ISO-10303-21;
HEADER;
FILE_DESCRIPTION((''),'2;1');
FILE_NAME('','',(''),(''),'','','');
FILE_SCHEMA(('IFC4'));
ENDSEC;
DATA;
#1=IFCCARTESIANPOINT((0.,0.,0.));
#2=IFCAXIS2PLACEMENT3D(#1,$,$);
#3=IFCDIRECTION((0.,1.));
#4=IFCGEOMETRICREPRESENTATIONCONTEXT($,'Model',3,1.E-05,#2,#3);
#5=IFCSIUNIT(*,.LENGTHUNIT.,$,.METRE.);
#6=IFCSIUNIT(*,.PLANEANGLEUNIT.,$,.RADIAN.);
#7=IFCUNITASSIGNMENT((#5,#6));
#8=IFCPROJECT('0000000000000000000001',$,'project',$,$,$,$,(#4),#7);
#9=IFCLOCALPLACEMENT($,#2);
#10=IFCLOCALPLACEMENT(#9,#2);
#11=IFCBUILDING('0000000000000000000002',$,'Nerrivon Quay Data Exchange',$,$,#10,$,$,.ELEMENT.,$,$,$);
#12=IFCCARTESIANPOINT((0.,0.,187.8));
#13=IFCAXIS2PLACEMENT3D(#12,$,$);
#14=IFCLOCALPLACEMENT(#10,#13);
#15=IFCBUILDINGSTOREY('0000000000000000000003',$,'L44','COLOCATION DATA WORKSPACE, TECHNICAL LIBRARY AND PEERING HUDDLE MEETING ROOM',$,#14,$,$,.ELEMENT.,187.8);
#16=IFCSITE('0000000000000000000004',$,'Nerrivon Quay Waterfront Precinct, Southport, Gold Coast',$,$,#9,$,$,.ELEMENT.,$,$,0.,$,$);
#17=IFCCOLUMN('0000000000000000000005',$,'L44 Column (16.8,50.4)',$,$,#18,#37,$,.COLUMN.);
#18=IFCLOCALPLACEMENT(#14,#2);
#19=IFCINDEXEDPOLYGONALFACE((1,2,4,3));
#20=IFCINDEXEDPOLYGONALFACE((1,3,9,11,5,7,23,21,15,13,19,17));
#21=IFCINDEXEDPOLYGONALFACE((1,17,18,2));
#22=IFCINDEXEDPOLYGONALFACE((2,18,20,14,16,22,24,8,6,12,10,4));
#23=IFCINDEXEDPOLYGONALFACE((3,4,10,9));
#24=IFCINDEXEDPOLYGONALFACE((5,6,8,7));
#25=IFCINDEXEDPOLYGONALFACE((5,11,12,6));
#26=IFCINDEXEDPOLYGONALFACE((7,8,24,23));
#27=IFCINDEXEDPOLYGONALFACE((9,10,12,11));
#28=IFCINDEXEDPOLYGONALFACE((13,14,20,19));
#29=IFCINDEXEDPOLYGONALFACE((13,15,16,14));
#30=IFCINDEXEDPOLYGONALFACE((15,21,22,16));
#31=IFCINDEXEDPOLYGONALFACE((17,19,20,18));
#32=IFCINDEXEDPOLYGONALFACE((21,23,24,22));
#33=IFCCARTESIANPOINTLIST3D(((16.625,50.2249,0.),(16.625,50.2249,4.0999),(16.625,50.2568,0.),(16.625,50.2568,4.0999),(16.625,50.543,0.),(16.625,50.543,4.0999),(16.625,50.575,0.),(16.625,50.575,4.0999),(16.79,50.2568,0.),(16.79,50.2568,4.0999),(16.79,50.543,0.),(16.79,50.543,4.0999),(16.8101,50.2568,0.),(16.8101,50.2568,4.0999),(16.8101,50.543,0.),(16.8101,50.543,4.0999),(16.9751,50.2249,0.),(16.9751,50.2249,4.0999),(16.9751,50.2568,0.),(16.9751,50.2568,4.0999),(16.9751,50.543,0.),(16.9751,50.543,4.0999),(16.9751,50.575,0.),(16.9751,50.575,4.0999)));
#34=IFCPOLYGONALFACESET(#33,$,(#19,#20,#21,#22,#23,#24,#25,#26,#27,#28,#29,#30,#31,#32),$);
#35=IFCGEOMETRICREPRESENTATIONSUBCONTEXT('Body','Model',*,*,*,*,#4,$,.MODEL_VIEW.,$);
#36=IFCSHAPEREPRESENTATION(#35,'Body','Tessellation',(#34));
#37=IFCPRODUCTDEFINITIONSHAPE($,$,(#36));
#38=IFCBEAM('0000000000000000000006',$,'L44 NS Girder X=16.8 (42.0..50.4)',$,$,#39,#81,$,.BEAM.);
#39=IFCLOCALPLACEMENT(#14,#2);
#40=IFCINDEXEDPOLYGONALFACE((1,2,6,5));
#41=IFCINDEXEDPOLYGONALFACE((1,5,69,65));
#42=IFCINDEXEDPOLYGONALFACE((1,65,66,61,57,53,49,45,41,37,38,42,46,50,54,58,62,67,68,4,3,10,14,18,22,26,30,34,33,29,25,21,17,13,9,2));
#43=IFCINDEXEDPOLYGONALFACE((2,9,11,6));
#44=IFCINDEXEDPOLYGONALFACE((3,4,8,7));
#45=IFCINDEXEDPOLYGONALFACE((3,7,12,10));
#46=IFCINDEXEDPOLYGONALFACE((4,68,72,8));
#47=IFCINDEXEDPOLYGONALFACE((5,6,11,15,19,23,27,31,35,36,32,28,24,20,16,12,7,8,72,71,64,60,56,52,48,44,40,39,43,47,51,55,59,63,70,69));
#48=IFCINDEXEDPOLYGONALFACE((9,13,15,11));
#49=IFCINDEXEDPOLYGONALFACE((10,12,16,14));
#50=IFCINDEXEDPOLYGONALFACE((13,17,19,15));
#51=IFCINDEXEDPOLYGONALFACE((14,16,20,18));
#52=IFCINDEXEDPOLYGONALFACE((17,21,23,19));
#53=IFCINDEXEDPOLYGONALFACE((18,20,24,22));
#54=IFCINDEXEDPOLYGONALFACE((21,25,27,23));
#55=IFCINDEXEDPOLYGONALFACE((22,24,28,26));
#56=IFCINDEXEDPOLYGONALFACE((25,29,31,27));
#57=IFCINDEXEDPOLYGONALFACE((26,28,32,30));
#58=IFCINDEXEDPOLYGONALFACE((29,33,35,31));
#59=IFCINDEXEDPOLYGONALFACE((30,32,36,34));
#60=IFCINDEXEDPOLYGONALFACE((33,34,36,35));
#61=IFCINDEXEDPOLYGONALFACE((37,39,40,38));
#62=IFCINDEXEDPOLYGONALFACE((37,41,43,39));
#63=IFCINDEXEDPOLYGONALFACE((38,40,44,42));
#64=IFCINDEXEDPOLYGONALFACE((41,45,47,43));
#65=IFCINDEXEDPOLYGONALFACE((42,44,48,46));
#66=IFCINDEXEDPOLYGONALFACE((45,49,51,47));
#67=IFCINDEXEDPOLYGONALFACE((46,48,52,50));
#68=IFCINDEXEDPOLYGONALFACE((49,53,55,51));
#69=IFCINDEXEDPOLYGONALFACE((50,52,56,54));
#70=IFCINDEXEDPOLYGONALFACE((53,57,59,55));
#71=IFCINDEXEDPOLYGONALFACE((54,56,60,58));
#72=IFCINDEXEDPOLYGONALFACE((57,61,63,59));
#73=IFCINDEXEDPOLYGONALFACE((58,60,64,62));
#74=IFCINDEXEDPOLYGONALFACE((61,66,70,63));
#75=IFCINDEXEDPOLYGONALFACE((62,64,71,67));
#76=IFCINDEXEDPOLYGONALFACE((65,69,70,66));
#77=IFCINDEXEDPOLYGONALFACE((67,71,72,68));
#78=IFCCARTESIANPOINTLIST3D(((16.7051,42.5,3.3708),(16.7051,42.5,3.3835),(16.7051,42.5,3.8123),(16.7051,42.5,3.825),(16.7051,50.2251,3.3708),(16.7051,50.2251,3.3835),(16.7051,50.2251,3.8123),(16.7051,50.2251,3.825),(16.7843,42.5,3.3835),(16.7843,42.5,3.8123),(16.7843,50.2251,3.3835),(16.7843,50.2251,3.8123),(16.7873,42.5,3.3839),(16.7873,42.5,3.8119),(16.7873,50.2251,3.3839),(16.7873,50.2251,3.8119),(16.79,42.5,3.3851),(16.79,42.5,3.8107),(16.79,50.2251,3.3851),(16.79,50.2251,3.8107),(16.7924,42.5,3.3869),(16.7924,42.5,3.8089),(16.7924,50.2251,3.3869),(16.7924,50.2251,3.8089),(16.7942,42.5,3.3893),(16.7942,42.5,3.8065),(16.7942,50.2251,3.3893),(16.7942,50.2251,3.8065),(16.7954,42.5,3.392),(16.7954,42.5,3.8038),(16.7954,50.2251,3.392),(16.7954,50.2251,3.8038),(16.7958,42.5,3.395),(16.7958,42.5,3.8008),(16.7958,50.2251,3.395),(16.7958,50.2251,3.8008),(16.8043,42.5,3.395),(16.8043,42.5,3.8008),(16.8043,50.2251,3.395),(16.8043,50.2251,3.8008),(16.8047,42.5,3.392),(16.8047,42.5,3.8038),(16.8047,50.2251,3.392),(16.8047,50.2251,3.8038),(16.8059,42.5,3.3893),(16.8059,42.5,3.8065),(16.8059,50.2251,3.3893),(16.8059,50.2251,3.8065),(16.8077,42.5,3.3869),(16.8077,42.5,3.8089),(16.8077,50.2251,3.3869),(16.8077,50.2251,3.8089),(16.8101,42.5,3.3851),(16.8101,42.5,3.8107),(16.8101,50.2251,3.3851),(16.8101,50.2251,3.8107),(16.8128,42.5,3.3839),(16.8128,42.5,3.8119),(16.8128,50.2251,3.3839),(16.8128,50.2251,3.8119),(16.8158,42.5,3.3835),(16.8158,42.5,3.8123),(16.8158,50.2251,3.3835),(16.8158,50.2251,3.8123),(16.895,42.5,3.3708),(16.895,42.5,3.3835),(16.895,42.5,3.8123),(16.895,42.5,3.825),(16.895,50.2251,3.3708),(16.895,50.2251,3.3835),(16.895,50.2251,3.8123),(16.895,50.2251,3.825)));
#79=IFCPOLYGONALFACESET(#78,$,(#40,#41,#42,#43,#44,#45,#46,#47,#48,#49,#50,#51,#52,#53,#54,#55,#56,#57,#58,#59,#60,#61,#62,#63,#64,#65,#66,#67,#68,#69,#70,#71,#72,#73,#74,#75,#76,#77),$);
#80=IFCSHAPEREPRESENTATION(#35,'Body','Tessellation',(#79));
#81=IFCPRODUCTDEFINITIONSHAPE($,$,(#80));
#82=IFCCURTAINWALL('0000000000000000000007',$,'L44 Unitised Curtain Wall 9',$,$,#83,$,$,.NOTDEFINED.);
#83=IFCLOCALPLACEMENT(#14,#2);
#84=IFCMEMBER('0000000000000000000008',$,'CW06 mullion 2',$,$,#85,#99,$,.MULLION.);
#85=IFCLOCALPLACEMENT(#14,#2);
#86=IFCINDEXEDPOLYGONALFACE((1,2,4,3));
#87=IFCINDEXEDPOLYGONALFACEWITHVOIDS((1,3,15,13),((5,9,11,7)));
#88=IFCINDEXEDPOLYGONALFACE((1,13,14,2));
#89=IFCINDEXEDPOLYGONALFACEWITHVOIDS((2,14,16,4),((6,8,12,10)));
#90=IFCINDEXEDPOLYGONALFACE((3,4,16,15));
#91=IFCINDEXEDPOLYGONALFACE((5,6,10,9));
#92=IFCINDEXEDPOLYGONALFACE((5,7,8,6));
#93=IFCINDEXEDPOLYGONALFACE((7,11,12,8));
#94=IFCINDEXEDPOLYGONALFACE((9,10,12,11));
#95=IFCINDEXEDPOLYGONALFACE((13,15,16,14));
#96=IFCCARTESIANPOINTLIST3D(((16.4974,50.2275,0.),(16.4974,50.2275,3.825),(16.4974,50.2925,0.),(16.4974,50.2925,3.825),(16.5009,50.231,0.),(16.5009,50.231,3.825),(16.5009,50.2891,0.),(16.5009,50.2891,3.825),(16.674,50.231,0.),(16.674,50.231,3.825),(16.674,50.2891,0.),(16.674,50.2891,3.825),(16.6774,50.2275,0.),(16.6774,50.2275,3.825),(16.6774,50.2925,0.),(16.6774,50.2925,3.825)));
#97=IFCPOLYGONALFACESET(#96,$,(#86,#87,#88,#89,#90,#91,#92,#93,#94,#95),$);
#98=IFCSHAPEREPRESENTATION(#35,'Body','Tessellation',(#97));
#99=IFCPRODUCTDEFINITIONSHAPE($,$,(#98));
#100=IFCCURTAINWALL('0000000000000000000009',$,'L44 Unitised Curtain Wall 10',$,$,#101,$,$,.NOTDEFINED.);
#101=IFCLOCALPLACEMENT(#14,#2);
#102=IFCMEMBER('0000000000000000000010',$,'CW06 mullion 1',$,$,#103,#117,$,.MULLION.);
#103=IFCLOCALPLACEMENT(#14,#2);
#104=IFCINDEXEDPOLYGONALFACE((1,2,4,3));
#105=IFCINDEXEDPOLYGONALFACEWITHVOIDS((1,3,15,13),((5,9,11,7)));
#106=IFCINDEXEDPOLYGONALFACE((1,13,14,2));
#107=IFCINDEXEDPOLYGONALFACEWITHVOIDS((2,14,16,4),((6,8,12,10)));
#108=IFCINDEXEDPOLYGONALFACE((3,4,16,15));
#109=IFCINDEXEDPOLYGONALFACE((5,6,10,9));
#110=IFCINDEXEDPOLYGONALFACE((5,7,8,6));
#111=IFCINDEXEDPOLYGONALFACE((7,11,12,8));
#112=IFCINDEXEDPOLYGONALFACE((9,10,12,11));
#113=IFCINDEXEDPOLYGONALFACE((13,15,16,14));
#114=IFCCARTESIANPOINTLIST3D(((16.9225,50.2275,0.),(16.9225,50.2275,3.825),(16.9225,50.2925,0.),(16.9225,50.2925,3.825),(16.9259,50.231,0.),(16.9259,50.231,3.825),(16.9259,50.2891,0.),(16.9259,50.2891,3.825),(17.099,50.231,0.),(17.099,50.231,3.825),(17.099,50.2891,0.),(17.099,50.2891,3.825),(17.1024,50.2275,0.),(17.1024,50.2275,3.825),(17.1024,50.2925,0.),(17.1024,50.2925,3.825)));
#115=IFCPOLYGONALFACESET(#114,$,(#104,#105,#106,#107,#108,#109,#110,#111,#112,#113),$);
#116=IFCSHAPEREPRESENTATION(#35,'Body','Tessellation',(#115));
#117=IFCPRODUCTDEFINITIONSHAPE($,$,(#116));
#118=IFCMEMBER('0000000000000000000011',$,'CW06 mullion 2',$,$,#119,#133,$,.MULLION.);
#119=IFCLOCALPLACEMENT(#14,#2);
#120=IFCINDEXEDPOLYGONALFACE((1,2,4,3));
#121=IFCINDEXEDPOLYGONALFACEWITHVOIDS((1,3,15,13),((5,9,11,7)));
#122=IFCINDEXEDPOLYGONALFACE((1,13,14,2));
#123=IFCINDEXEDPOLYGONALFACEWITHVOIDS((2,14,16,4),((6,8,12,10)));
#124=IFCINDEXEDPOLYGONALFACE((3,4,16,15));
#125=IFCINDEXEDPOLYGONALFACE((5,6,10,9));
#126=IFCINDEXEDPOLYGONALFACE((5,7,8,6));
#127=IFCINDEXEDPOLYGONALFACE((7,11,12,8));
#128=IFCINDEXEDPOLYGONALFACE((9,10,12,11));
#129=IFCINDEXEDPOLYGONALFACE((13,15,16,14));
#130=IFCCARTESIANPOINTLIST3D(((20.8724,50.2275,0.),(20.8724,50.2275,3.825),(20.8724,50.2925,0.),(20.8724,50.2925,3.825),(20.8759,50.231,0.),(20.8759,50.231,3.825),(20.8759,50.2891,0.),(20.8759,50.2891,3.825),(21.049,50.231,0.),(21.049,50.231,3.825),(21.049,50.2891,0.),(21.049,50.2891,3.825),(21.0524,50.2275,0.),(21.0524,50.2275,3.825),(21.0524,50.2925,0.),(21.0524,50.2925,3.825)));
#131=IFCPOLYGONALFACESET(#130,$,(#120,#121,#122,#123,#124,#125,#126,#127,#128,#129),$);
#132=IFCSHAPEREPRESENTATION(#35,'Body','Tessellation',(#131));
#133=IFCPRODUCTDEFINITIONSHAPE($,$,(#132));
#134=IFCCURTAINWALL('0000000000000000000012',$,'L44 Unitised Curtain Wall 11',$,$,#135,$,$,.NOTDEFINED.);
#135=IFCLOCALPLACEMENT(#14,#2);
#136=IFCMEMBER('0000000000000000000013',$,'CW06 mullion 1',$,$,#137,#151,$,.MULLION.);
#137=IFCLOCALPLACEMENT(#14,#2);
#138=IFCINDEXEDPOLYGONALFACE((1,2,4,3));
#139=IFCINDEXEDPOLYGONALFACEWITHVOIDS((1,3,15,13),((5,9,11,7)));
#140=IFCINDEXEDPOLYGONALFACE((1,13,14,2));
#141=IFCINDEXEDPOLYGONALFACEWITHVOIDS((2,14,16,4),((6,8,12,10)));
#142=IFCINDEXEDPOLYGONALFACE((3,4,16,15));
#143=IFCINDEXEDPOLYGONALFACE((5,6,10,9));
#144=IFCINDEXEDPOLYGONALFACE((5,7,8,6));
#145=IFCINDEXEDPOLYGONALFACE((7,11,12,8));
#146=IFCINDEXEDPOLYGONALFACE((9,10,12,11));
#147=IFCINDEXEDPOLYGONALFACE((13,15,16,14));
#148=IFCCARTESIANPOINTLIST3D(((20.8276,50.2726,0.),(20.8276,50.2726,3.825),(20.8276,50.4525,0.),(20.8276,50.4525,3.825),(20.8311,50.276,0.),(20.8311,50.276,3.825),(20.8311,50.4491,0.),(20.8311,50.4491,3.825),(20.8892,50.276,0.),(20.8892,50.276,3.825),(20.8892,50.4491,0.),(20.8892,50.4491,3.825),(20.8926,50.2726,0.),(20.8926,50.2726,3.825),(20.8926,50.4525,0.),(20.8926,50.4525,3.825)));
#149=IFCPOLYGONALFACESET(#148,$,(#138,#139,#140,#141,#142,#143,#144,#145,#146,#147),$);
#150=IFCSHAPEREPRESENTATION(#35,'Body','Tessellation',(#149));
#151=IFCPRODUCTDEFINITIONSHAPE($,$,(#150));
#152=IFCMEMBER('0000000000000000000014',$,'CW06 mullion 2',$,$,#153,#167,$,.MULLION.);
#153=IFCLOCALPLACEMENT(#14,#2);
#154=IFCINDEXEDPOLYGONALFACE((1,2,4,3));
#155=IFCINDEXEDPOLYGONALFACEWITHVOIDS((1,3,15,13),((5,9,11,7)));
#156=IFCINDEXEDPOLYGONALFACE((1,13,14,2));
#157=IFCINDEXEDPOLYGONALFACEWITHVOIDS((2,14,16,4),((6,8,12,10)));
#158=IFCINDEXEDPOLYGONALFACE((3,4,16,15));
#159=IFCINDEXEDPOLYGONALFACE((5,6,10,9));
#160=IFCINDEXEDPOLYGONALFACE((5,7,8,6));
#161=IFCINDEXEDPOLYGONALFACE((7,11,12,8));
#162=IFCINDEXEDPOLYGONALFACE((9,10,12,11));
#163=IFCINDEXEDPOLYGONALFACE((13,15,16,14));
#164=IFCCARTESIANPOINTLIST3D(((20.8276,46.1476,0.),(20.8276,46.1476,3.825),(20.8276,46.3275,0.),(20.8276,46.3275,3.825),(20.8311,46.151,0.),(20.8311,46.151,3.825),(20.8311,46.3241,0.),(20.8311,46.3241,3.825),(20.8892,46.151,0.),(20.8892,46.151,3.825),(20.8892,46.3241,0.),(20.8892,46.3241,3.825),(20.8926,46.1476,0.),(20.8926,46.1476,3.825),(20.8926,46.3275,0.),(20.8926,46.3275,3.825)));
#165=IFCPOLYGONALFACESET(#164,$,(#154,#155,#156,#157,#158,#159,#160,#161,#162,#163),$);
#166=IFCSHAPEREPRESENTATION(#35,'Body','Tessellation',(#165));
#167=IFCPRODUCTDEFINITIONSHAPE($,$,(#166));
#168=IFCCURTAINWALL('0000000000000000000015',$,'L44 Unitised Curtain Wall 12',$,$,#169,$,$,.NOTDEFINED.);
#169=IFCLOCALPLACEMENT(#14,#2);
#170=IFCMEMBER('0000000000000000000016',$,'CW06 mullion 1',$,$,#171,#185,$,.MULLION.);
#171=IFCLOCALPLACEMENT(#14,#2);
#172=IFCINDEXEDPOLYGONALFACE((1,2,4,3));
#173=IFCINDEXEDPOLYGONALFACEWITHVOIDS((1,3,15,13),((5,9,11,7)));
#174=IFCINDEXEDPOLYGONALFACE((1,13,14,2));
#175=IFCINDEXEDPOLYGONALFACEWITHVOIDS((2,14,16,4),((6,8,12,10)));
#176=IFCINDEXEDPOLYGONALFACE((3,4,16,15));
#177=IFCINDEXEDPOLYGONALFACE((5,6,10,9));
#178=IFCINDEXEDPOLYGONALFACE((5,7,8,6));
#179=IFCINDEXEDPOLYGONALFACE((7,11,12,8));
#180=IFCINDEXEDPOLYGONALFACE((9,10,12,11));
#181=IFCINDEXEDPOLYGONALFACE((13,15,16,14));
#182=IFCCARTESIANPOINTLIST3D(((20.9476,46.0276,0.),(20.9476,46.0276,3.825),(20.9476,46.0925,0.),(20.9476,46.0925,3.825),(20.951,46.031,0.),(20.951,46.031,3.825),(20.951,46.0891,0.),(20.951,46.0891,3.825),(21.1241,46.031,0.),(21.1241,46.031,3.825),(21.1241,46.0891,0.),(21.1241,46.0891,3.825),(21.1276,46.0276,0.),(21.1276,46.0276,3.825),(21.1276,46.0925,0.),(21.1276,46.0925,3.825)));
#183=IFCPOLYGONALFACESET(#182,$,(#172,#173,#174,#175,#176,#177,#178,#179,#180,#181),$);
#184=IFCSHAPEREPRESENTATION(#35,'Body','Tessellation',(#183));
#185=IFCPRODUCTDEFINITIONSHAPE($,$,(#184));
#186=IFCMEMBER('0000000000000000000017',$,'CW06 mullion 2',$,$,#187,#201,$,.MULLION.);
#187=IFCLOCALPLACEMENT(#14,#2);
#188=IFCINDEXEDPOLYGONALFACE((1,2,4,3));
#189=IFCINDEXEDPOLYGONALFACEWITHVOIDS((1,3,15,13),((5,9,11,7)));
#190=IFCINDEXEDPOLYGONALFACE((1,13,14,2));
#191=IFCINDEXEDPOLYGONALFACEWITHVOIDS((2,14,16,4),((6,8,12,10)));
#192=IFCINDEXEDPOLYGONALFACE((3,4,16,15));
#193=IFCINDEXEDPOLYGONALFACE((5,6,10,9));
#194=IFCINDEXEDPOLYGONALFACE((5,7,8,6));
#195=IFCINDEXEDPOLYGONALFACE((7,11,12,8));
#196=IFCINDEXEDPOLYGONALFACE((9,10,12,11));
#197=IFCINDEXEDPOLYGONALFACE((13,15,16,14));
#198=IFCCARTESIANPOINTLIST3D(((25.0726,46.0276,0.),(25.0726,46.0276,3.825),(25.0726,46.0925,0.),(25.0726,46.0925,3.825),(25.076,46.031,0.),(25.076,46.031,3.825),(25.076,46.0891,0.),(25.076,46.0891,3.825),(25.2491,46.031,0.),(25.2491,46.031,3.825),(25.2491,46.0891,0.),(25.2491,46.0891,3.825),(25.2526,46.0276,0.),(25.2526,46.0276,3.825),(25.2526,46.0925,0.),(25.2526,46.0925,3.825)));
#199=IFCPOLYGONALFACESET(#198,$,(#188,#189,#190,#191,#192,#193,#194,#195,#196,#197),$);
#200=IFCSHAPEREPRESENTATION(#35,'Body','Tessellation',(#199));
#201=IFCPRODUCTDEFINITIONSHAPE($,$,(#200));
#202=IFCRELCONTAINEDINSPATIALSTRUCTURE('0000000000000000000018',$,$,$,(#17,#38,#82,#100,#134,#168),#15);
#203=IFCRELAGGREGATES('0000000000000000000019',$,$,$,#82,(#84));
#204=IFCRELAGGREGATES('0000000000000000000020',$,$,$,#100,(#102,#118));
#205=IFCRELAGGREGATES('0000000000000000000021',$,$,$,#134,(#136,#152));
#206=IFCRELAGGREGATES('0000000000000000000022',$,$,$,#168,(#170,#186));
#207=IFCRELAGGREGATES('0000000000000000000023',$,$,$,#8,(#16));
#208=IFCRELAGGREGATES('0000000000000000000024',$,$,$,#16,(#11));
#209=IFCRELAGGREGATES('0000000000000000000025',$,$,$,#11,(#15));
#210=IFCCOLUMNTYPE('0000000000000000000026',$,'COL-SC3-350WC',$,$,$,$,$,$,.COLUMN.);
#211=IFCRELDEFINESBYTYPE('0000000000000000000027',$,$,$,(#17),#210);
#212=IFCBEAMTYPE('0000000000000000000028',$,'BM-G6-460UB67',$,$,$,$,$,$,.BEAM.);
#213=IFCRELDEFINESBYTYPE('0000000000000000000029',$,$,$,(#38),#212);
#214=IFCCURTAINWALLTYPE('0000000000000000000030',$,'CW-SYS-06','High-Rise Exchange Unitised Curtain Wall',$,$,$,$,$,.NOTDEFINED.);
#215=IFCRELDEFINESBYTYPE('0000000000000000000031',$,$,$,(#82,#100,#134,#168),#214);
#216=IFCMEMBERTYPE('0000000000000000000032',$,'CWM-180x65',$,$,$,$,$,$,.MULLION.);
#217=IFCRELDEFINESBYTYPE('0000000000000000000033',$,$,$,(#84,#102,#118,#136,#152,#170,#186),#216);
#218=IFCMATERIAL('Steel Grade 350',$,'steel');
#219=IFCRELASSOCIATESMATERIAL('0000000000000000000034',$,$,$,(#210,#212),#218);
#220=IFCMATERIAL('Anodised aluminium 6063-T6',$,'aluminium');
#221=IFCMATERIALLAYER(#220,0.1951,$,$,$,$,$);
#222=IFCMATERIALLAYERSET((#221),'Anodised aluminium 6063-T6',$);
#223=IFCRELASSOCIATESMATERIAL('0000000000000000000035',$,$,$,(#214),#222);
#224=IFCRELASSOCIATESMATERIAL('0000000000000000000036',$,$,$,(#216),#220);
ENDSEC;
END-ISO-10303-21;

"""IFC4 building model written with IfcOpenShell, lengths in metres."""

from ifc_helpers import new_model, si_unit, direction, frame, origin, origin_2d, place, context, subcontext, project, spatial, hollow_rectangle, i_section, extrude, material, layer, layer_set, material_profile, profile_set, type_object, element, aggregate, save


model = new_model("IFC4")

# Units and contexts
model_context = context("Model", 3, precision=1e-05, world=origin(), true_north=direction((0.0, 1.0)))
body_context = subcontext(model_context, "Body", "Model", "MODEL_VIEW")
ifc_project = project(units=[si_unit("LENGTHUNIT", "METRE"), si_unit("PLANEANGLEUNIT", "RADIAN")], contexts=[model_context])

# Site, building, storey
site_placement = place(None, origin())
site = spatial("IfcSite", under=ifc_project, at=site_placement, Name="Nerrivon Quay Waterfront Precinct, Southport, Gold Coast", CompositionType="ELEMENT", RefElevation=0.0)
building_placement = place(site_placement, origin())
building = spatial("IfcBuilding", under=site, at=building_placement, Name="Nerrivon Quay Data Exchange", CompositionType="ELEMENT")
storey_placement = place(building_placement, frame((0.0, 0.0, 187.8)))
storey = spatial("IfcBuildingStorey", under=building, at=storey_placement, Name="L44", Description="COLOCATION DATA WORKSPACE, TECHNICAL LIBRARY AND PEERING HUDDLE MEETING ROOM", CompositionType="ELEMENT", Elevation=187.8)

# Column
ifc_material_1 = material(Name="Steel Grade 350", Category="steel")
ifc_material_profile_1 = material_profile(ifc_material_1, i_section(OverallWidth=0.3501, OverallDepth=0.3501, WebThickness=0.02, FlangeThickness=0.032, at=origin_2d()), Name="350WC230")
ifc_profile_set_1 = profile_set([ifc_material_profile_1], Name="Steel Grade 350")
column_type = type_object("IfcColumnType", Name="COL-SC3-350WC", PredefinedType="COLUMN", material=ifc_profile_set_1)
column_placement = place(storey_placement, frame((16.8, 50.3999, 0.0), z_axis=(0.0, 0.0, 1.0), x_axis=(1.0, 0.0, 0.0)))
element("IfcColumn", 1, at=column_placement, inside=storey, type_object=column_type, Name="L44 Column (16.8,50.4)", PredefinedType="COLUMN", context=body_context, shape_type="SweptSolid", body=[
    extrude(i_section(OverallWidth=0.3501, OverallDepth=0.3501, WebThickness=0.02, FlangeThickness=0.032, at=origin_2d()), origin(), (0.0, 0.0, 1.0), 4.0999),
])

# Beam
ifc_material_profile_2 = material_profile(ifc_material_1, i_section(OverallWidth=0.1899, OverallDepth=0.4541, WebThickness=0.0085, FlangeThickness=0.0127, FilletRadius=0.0115, at=origin_2d()), Name="460UB67.1")
ifc_profile_set_2 = profile_set([ifc_material_profile_2], Name="Steel Grade 350")
beam_type = type_object("IfcBeamType", Name="BM-G6-460UB67", PredefinedType="BEAM", material=ifc_profile_set_2)
beam_placement = place(storey_placement, frame((16.8, 42.5, 3.5979), z_axis=(0.0, 1.0, 0.0), x_axis=(-1.0, 0.0, 0.0)))
element("IfcBeam", 2, at=beam_placement, inside=storey, type_object=beam_type, Name="L44 NS Girder X=16.8 (42.0..50.4)", PredefinedType="BEAM", context=body_context, shape_type="SweptSolid", body=[
    extrude(i_section(OverallWidth=0.1899, OverallDepth=0.4541, WebThickness=0.0085, FlangeThickness=0.0127, FilletRadius=0.0115, at=origin_2d()), origin(), (0.0, 0.0, 1.0), 7.7251),
])

# Curtain wall, member
ifc_material_2 = material(Name="Anodised aluminium 6063-T6", Category="aluminium")
ifc_layer_1 = layer(ifc_material_2, 0.1951)
ifc_layer_set_1 = layer_set([ifc_layer_1], Name="Anodised aluminium 6063-T6")
curtain_wall_type = type_object("IfcCurtainWallType", Name="CW-SYS-06", Description="High-Rise Exchange Unitised Curtain Wall", PredefinedType="NOTDEFINED", material=ifc_layer_set_1)
curtain_wall_1_placement = place(storey_placement, origin())
curtain_wall_1 = element("IfcCurtainWall", 3, at=curtain_wall_1_placement, inside=storey, type_object=curtain_wall_type, Name="L44 Unitised Curtain Wall 9", PredefinedType="NOTDEFINED")
ifc_material_profile_3 = material_profile(ifc_material_2, hollow_rectangle(XDim=0.0649, YDim=0.1799, WallThickness=0.0034, at=origin_2d()), Name="ALU-MULL-180x65")
ifc_profile_set_3 = profile_set([ifc_material_profile_3], Name="Anodised aluminium 6063-T6")
member_type_1 = type_object("IfcMemberType", Name="CWM-180x65", PredefinedType="MULLION", material=ifc_profile_set_3)
member_1_placement = place(storey_placement, frame((16.5874, 50.26, 0.0), z_axis=(0.0, 0.0, 1.0), x_axis=(0.0, 1.0, 0.0)))
member_1 = element("IfcMember", 4, at=member_1_placement, type_object=member_type_1, Name="CW06 mullion 2", PredefinedType="MULLION", context=body_context, shape_type="SweptSolid", body=[
    extrude(hollow_rectangle(XDim=0.0649, YDim=0.1799, WallThickness=0.0034, at=origin_2d()), origin(), (0.0, 0.0, 1.0), 3.825),
])
aggregate(curtain_wall_1, [member_1])

# Curtain walls, members
curtain_wall_2_placement = place(storey_placement, origin())
curtain_wall_2 = element("IfcCurtainWall", 5, at=curtain_wall_2_placement, inside=storey, type_object=curtain_wall_type, Name="L44 Unitised Curtain Wall 10", PredefinedType="NOTDEFINED")
member_2_placement = place(storey_placement, frame((17.0125, 50.26, 0.0), z_axis=(0.0, 0.0, 1.0), x_axis=(0.0, 1.0, 0.0)))
member_2 = element("IfcMember", 6, at=member_2_placement, type_object=member_type_1, Name="CW06 mullion 1", PredefinedType="MULLION", context=body_context, shape_type="SweptSolid", body=[
    extrude(hollow_rectangle(XDim=0.0649, YDim=0.1799, WallThickness=0.0034, at=origin_2d()), origin(), (0.0, 0.0, 1.0), 3.825),
])
member_3_placement = place(storey_placement, frame((20.9624, 50.26, 0.0), z_axis=(0.0, 0.0, 1.0), x_axis=(0.0, 1.0, 0.0)))
member_3 = element("IfcMember", 7, at=member_3_placement, type_object=member_type_1, Name="CW06 mullion 2", PredefinedType="MULLION", context=body_context, shape_type="SweptSolid", body=[
    extrude(hollow_rectangle(XDim=0.0649, YDim=0.1799, WallThickness=0.0034, at=origin_2d()), origin(), (0.0, 0.0, 1.0), 3.825),
])
curtain_wall_3_placement = place(storey_placement, origin())
curtain_wall_3 = element("IfcCurtainWall", 8, at=curtain_wall_3_placement, inside=storey, type_object=curtain_wall_type, Name="L44 Unitised Curtain Wall 11", PredefinedType="NOTDEFINED")
member_4_placement = place(storey_placement, frame((20.8601, 50.3625, 0.0), z_axis=(0.0, 0.0, 1.0), x_axis=(1.0, 0.0, 0.0)))
member_4 = element("IfcMember", 9, at=member_4_placement, type_object=member_type_1, Name="CW06 mullion 1", PredefinedType="MULLION", context=body_context, shape_type="SweptSolid", body=[
    extrude(hollow_rectangle(XDim=0.0649, YDim=0.1799, WallThickness=0.0034, at=origin_2d()), origin(), (0.0, 0.0, 1.0), 3.825),
])
member_5_placement = place(storey_placement, frame((20.8601, 46.2375, 0.0), z_axis=(0.0, 0.0, 1.0), x_axis=(1.0, 0.0, 0.0)))
member_5 = element("IfcMember", 10, at=member_5_placement, type_object=member_type_1, Name="CW06 mullion 2", PredefinedType="MULLION", context=body_context, shape_type="SweptSolid", body=[
    extrude(hollow_rectangle(XDim=0.0649, YDim=0.1799, WallThickness=0.0034, at=origin_2d()), origin(), (0.0, 0.0, 1.0), 3.825),
])
curtain_wall_4_placement = place(storey_placement, origin())
curtain_wall_4 = element("IfcCurtainWall", 11, at=curtain_wall_4_placement, inside=storey, type_object=curtain_wall_type, Name="L44 Unitised Curtain Wall 12", PredefinedType="NOTDEFINED")
member_6_placement = place(storey_placement, frame((21.0376, 46.0601, 0.0), z_axis=(0.0, 0.0, 1.0), x_axis=(0.0, 1.0, 0.0)))
member_6 = element("IfcMember", 12, at=member_6_placement, type_object=member_type_1, Name="CW06 mullion 1", PredefinedType="MULLION", context=body_context, shape_type="SweptSolid", body=[
    extrude(hollow_rectangle(XDim=0.0649, YDim=0.1799, WallThickness=0.0034, at=origin_2d()), origin(), (0.0, 0.0, 1.0), 3.825),
])
member_7_placement = place(storey_placement, frame((25.1626, 46.0601, 0.0), z_axis=(0.0, 0.0, 1.0), x_axis=(0.0, 1.0, 0.0)))
member_7 = element("IfcMember", 13, at=member_7_placement, type_object=member_type_1, Name="CW06 mullion 2", PredefinedType="MULLION", context=body_context, shape_type="SweptSolid", body=[
    extrude(hollow_rectangle(XDim=0.0649, YDim=0.1799, WallThickness=0.0034, at=origin_2d()), origin(), (0.0, 0.0, 1.0), 3.825),
])

aggregate(curtain_wall_2, [member_2, member_3])
aggregate(curtain_wall_3, [member_4, member_5])
aggregate(curtain_wall_4, [member_6, member_7])

save(model, "model.ifc")
